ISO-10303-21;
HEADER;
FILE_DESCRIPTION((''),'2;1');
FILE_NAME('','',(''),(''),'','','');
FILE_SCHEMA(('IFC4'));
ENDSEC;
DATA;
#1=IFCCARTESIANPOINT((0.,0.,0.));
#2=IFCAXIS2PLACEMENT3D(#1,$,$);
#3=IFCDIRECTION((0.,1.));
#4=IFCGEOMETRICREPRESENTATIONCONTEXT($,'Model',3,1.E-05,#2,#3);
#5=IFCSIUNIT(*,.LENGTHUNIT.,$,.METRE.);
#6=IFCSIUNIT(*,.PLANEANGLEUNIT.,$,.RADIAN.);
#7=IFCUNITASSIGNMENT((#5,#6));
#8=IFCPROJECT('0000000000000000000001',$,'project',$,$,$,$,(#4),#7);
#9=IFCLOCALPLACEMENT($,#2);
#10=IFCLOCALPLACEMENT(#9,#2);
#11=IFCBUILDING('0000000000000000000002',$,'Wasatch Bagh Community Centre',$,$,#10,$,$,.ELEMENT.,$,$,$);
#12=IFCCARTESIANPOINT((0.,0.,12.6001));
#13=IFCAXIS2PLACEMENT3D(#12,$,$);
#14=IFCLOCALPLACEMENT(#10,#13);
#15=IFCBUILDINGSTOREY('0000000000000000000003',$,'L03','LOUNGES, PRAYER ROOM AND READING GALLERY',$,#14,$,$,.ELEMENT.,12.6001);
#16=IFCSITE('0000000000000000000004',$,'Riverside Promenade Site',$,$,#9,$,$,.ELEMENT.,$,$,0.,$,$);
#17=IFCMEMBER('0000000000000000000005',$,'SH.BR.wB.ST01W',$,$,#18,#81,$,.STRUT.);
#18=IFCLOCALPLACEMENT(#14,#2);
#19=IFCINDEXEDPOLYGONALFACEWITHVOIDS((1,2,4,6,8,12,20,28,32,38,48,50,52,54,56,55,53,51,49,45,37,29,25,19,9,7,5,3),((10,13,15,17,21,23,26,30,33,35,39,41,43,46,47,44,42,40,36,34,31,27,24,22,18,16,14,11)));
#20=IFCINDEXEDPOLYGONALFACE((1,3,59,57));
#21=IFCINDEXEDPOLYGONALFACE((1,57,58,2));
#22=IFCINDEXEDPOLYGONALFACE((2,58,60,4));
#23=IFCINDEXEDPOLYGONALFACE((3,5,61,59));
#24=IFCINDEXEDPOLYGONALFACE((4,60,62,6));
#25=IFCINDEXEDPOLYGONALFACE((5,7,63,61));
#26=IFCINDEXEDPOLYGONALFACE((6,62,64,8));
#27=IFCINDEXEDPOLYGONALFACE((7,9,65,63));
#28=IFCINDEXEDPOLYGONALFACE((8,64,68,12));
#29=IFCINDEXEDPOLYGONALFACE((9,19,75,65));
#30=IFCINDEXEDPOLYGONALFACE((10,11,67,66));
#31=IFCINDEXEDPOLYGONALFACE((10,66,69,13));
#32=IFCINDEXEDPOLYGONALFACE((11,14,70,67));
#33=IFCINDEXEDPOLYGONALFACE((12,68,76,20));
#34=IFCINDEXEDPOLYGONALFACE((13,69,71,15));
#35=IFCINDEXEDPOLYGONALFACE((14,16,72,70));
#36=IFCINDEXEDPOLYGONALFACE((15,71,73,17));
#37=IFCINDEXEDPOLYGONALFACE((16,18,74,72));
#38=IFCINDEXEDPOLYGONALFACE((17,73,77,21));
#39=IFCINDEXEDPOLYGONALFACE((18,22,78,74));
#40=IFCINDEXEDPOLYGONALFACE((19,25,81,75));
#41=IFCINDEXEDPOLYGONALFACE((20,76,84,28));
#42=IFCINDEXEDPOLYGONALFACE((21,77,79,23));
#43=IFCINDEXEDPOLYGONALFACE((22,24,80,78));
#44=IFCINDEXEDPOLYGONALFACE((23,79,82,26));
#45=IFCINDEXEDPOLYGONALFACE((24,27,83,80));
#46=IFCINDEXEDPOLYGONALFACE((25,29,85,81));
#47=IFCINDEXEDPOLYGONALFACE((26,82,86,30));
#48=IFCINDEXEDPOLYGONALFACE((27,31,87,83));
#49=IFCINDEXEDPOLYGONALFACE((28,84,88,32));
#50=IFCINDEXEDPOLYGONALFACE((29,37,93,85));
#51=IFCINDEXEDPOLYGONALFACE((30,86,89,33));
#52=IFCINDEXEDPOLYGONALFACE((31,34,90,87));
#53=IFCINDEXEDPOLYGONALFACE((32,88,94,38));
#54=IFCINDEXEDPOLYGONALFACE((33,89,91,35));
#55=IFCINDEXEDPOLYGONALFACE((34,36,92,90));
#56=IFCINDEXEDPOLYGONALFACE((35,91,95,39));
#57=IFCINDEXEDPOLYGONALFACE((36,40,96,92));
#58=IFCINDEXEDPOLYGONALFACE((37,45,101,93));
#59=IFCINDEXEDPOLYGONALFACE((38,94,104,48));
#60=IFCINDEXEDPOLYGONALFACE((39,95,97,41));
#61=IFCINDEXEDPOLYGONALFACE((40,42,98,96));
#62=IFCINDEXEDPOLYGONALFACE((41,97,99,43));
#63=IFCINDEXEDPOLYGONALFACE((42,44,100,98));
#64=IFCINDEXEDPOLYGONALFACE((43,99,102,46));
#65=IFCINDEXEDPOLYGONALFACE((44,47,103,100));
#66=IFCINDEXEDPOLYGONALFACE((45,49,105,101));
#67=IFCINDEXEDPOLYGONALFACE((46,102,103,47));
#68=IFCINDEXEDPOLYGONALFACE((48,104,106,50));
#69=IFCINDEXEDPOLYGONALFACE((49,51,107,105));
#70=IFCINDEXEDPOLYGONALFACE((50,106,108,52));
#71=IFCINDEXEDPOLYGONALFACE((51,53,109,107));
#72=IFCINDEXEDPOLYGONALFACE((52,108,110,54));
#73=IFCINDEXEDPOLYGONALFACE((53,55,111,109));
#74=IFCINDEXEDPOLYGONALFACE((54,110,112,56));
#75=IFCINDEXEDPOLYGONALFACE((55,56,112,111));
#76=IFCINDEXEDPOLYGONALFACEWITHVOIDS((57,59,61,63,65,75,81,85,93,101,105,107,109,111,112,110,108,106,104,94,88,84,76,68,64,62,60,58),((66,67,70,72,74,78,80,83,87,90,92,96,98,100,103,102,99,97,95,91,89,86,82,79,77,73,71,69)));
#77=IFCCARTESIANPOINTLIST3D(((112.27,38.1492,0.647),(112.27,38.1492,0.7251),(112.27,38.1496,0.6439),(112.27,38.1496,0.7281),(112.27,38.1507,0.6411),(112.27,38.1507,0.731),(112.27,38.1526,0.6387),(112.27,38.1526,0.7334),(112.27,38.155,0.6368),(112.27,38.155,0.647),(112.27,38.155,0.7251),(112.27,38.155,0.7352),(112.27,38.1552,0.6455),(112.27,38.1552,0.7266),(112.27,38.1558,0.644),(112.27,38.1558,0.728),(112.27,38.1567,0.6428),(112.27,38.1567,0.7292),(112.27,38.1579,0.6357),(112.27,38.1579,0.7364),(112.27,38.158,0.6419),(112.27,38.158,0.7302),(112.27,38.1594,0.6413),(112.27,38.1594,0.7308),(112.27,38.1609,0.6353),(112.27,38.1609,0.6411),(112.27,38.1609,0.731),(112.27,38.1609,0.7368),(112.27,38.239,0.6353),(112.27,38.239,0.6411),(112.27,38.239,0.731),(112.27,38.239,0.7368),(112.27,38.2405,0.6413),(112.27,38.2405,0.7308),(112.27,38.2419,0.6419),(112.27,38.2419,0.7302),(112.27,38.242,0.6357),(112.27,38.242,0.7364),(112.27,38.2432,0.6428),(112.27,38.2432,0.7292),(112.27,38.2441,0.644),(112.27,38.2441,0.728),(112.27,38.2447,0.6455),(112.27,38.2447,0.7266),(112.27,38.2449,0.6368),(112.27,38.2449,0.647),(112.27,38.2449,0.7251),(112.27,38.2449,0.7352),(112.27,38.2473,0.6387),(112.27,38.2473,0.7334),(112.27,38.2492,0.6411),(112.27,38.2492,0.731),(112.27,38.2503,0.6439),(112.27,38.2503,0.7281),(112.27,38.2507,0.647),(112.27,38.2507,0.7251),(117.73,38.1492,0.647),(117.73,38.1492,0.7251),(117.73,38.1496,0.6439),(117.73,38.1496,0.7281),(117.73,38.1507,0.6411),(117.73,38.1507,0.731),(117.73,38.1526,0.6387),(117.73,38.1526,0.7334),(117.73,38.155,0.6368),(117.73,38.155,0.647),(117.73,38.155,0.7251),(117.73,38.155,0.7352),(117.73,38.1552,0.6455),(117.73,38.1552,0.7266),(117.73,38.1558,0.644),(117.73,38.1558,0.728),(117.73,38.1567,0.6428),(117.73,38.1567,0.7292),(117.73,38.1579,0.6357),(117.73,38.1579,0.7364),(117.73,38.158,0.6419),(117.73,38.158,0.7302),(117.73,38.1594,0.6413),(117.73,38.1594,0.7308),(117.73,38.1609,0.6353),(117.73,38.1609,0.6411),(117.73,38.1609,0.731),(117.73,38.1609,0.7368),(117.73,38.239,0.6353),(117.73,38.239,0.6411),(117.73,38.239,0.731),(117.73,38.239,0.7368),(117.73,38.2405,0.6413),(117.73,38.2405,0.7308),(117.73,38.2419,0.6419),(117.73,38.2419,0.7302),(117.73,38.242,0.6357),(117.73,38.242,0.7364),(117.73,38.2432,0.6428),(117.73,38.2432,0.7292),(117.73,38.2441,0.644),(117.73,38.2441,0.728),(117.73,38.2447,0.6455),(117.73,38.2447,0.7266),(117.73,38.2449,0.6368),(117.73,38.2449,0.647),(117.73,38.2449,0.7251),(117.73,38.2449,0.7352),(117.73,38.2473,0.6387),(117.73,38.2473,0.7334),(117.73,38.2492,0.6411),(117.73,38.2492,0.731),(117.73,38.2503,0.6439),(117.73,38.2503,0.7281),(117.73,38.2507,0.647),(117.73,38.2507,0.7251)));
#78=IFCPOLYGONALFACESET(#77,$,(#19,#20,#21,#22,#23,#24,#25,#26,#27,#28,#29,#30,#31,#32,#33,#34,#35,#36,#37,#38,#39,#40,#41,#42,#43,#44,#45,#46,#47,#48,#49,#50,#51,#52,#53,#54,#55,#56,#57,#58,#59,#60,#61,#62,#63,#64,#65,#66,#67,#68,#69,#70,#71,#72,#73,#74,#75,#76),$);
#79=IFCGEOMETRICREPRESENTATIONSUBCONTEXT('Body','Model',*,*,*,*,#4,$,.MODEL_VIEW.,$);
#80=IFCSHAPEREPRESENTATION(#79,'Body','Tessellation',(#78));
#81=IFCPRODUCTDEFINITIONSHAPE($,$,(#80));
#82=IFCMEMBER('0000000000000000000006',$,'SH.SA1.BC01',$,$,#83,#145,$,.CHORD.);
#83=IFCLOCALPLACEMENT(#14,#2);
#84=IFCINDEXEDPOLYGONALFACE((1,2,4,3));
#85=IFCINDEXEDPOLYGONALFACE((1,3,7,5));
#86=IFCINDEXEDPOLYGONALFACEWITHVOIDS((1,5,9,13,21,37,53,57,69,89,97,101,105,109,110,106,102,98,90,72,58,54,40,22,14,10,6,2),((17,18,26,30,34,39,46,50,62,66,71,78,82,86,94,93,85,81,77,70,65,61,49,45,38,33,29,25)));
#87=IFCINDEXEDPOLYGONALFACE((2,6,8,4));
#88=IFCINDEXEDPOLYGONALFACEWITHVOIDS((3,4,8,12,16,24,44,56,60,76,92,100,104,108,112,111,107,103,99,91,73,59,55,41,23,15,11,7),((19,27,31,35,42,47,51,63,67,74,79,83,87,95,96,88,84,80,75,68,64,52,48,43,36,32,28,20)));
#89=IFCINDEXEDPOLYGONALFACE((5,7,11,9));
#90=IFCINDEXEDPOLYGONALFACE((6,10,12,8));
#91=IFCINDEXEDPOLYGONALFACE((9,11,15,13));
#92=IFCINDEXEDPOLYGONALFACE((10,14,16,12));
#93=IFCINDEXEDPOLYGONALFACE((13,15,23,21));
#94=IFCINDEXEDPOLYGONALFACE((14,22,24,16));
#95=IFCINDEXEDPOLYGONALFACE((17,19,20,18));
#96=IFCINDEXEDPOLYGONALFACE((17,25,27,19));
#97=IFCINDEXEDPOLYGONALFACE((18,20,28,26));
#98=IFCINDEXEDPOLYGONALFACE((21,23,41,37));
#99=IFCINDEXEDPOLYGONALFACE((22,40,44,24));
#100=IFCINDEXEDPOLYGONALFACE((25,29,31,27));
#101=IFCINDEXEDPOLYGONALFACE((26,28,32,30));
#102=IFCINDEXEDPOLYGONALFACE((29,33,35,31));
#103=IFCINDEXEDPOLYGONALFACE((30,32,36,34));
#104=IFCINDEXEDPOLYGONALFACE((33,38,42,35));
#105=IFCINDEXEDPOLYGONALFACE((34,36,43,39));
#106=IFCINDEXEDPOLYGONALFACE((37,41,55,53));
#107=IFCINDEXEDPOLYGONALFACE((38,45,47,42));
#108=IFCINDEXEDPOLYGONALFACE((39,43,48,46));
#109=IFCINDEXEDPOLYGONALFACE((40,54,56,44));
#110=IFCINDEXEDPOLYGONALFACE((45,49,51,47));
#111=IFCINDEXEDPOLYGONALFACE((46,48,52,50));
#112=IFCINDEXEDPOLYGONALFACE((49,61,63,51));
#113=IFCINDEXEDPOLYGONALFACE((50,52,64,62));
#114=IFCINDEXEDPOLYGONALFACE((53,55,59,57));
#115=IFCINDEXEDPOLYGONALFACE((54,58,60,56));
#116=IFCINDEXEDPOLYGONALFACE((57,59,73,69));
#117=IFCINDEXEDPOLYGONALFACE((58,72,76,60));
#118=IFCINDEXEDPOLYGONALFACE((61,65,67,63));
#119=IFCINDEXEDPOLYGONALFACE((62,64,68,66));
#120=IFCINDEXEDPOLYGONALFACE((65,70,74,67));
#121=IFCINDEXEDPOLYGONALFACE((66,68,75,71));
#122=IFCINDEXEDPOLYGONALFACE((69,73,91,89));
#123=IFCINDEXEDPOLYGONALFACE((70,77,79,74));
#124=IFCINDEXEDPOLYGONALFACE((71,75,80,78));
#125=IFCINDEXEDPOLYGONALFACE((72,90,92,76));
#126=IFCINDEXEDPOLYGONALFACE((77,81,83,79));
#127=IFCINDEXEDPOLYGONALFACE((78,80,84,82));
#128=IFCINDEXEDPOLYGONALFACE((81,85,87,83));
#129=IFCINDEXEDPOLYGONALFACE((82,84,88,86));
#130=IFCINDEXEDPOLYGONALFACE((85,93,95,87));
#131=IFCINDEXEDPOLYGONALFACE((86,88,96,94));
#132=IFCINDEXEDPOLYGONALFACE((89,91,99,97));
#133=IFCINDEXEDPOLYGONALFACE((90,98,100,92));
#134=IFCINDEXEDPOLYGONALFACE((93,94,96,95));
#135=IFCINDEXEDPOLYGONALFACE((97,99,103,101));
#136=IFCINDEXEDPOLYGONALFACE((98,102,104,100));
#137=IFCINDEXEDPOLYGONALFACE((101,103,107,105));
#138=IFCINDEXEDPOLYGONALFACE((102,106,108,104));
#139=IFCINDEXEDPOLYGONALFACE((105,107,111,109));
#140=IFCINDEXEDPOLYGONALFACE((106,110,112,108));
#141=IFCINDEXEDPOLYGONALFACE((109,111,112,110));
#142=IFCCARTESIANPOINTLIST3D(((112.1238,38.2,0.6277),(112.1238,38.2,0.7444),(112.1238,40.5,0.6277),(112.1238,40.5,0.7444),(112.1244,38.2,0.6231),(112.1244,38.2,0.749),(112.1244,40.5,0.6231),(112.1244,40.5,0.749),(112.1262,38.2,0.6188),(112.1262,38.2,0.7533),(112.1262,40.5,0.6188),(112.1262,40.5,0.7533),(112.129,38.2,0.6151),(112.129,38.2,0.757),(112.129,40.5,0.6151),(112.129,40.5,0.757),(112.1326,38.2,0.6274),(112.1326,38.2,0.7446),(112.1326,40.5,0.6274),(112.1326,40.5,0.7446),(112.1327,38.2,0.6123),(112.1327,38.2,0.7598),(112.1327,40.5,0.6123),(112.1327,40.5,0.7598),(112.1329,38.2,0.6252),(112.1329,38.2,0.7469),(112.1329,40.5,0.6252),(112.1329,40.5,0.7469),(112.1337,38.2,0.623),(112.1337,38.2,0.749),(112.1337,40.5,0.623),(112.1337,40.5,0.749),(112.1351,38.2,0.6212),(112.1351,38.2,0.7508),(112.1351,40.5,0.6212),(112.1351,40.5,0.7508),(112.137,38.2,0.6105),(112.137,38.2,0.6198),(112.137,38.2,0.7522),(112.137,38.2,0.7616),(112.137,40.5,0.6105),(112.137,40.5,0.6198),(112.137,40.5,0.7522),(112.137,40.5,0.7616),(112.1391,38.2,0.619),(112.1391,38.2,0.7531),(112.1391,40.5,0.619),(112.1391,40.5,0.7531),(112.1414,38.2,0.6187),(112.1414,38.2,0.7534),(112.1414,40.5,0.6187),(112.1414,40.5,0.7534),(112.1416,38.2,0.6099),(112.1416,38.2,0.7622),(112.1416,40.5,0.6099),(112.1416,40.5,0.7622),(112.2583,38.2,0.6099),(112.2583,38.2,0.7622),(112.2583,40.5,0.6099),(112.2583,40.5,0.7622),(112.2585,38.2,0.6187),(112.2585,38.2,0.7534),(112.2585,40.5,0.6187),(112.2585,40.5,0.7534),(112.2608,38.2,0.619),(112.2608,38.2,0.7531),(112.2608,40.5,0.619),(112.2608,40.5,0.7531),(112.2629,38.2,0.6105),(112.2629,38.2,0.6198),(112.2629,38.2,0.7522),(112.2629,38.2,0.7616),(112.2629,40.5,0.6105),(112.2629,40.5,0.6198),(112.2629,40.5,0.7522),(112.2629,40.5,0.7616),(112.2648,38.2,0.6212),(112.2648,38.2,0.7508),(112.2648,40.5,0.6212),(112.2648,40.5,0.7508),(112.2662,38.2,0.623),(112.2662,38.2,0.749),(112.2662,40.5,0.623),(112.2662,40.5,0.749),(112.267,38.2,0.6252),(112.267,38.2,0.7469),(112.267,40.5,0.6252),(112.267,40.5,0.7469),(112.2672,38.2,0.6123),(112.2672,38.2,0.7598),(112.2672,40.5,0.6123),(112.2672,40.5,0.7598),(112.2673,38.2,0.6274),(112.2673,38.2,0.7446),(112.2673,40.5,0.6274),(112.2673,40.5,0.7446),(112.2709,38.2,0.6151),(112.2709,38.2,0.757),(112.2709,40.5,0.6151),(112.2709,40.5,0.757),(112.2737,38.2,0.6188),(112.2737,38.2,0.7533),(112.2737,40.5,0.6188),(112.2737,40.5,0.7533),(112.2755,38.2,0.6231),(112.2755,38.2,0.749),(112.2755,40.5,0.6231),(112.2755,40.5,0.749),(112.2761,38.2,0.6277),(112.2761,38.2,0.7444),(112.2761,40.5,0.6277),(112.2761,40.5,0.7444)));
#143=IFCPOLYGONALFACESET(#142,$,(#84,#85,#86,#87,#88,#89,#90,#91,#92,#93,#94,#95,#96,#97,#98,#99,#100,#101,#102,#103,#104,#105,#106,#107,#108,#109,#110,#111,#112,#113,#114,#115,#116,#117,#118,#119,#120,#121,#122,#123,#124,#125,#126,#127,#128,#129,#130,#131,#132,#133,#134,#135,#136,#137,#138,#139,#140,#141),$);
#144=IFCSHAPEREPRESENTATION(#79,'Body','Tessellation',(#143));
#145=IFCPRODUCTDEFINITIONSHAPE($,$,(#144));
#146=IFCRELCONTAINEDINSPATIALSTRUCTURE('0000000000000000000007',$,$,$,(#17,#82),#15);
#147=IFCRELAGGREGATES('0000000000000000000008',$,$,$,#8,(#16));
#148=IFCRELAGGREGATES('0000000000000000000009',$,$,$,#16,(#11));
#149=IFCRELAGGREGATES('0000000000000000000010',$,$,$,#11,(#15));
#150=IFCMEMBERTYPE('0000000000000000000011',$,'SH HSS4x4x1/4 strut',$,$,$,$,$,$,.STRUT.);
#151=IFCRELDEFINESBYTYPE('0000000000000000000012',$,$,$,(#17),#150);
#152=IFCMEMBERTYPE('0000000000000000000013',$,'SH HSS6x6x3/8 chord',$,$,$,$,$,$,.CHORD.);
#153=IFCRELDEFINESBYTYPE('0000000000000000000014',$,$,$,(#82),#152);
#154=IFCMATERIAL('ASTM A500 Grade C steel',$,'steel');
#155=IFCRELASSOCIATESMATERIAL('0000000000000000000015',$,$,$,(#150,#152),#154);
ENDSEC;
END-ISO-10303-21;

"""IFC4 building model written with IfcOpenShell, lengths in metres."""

from ifc_helpers import new_model, si_unit, direction, frame, origin, origin_2d, place, context, subcontext, project, spatial, hollow_rectangle, extrude, material, material_profile, profile_set, type_object, element, save


model = new_model("IFC4")

# Units and contexts
model_context = context("Model", 3, precision=1e-05, world=origin(), true_north=direction((0.0, 1.0)))
body_context = subcontext(model_context, "Body", "Model", "MODEL_VIEW")
ifc_project = project(units=[si_unit("LENGTHUNIT", "METRE"), si_unit("PLANEANGLEUNIT", "RADIAN")], contexts=[model_context])

# Site, building, storey
site_placement = place(None, origin())
site = spatial("IfcSite", under=ifc_project, at=site_placement, Name="Riverside Promenade Site", CompositionType="ELEMENT", RefElevation=0.0)
building_placement = place(site_placement, origin())
building = spatial("IfcBuilding", under=site, at=building_placement, Name="Wasatch Bagh Community Centre", CompositionType="ELEMENT")
storey_placement = place(building_placement, frame((0.0, 0.0, 12.6001)))
storey = spatial("IfcBuildingStorey", under=building, at=storey_placement, Name="L03", Description="LOUNGES, PRAYER ROOM AND READING GALLERY", CompositionType="ELEMENT", Elevation=12.6001)

# Members
ifc_material_1 = material(Name="ASTM A500 Grade C steel", Category="steel")
ifc_material_profile_1 = material_profile(ifc_material_1, hollow_rectangle(XDim=0.1016, YDim=0.1016, WallThickness=0.0059, InnerFilletRadius=0.0059, OuterFilletRadius=0.0117, at=origin_2d()), Name="HSS4x4x1/4")
ifc_profile_set_1 = profile_set([ifc_material_profile_1], Name="ASTM A500 Grade C steel")
member_type_1 = type_object("IfcMemberType", Name="SH HSS4x4x1/4 strut", PredefinedType="STRUT", material=ifc_profile_set_1)
member_1_placement = place(storey_placement, frame((112.27, 38.2, 0.686), z_axis=(1.0, 0.0, 0.0), x_axis=(0.0, 1.0, 0.0)))
element("IfcMember", 1, at=member_1_placement, inside=storey, type_object=member_type_1, Name="SH.BR.wB.ST01W", PredefinedType="STRUT", context=body_context, shape_type="SweptSolid", body=[
    extrude(hollow_rectangle(XDim=0.1016, YDim=0.1016, WallThickness=0.0059, InnerFilletRadius=0.0059, OuterFilletRadius=0.0117, at=origin_2d()), origin(), (0.0, 0.0, 1.0), 5.46),
])
ifc_material_profile_2 = material_profile(ifc_material_1, hollow_rectangle(XDim=0.1523, YDim=0.1523, WallThickness=0.0088, InnerFilletRadius=0.0088, OuterFilletRadius=0.0178, at=origin_2d()), Name="HSS6x6x3/8")
ifc_profile_set_2 = profile_set([ifc_material_profile_2], Name="ASTM A500 Grade C steel")
member_type_2 = type_object("IfcMemberType", Name="SH HSS6x6x3/8 chord", PredefinedType="CHORD", material=ifc_profile_set_2)
for number, where, z_axis, x_axis, name in (
    (2, (112.2, 38.2, 0.686), (0.0, 1.0, 0.0), (-1.0, 0.0, 0.0), "SH.SA1.BC01"),
):
    element("IfcMember", number, at=place(storey_placement, frame(where, z_axis=z_axis, x_axis=x_axis)), inside=storey, type_object=member_type_2, Name=name, PredefinedType="CHORD", context=body_context, shape_type="SweptSolid", body=[
        extrude(hollow_rectangle(XDim=0.1523, YDim=0.1523, WallThickness=0.0088, InnerFilletRadius=0.0088, OuterFilletRadius=0.0178, at=origin_2d()), origin(), (0.0, 0.0, 1.0), 2.3),
    ])

save(model, "model.ifc")
